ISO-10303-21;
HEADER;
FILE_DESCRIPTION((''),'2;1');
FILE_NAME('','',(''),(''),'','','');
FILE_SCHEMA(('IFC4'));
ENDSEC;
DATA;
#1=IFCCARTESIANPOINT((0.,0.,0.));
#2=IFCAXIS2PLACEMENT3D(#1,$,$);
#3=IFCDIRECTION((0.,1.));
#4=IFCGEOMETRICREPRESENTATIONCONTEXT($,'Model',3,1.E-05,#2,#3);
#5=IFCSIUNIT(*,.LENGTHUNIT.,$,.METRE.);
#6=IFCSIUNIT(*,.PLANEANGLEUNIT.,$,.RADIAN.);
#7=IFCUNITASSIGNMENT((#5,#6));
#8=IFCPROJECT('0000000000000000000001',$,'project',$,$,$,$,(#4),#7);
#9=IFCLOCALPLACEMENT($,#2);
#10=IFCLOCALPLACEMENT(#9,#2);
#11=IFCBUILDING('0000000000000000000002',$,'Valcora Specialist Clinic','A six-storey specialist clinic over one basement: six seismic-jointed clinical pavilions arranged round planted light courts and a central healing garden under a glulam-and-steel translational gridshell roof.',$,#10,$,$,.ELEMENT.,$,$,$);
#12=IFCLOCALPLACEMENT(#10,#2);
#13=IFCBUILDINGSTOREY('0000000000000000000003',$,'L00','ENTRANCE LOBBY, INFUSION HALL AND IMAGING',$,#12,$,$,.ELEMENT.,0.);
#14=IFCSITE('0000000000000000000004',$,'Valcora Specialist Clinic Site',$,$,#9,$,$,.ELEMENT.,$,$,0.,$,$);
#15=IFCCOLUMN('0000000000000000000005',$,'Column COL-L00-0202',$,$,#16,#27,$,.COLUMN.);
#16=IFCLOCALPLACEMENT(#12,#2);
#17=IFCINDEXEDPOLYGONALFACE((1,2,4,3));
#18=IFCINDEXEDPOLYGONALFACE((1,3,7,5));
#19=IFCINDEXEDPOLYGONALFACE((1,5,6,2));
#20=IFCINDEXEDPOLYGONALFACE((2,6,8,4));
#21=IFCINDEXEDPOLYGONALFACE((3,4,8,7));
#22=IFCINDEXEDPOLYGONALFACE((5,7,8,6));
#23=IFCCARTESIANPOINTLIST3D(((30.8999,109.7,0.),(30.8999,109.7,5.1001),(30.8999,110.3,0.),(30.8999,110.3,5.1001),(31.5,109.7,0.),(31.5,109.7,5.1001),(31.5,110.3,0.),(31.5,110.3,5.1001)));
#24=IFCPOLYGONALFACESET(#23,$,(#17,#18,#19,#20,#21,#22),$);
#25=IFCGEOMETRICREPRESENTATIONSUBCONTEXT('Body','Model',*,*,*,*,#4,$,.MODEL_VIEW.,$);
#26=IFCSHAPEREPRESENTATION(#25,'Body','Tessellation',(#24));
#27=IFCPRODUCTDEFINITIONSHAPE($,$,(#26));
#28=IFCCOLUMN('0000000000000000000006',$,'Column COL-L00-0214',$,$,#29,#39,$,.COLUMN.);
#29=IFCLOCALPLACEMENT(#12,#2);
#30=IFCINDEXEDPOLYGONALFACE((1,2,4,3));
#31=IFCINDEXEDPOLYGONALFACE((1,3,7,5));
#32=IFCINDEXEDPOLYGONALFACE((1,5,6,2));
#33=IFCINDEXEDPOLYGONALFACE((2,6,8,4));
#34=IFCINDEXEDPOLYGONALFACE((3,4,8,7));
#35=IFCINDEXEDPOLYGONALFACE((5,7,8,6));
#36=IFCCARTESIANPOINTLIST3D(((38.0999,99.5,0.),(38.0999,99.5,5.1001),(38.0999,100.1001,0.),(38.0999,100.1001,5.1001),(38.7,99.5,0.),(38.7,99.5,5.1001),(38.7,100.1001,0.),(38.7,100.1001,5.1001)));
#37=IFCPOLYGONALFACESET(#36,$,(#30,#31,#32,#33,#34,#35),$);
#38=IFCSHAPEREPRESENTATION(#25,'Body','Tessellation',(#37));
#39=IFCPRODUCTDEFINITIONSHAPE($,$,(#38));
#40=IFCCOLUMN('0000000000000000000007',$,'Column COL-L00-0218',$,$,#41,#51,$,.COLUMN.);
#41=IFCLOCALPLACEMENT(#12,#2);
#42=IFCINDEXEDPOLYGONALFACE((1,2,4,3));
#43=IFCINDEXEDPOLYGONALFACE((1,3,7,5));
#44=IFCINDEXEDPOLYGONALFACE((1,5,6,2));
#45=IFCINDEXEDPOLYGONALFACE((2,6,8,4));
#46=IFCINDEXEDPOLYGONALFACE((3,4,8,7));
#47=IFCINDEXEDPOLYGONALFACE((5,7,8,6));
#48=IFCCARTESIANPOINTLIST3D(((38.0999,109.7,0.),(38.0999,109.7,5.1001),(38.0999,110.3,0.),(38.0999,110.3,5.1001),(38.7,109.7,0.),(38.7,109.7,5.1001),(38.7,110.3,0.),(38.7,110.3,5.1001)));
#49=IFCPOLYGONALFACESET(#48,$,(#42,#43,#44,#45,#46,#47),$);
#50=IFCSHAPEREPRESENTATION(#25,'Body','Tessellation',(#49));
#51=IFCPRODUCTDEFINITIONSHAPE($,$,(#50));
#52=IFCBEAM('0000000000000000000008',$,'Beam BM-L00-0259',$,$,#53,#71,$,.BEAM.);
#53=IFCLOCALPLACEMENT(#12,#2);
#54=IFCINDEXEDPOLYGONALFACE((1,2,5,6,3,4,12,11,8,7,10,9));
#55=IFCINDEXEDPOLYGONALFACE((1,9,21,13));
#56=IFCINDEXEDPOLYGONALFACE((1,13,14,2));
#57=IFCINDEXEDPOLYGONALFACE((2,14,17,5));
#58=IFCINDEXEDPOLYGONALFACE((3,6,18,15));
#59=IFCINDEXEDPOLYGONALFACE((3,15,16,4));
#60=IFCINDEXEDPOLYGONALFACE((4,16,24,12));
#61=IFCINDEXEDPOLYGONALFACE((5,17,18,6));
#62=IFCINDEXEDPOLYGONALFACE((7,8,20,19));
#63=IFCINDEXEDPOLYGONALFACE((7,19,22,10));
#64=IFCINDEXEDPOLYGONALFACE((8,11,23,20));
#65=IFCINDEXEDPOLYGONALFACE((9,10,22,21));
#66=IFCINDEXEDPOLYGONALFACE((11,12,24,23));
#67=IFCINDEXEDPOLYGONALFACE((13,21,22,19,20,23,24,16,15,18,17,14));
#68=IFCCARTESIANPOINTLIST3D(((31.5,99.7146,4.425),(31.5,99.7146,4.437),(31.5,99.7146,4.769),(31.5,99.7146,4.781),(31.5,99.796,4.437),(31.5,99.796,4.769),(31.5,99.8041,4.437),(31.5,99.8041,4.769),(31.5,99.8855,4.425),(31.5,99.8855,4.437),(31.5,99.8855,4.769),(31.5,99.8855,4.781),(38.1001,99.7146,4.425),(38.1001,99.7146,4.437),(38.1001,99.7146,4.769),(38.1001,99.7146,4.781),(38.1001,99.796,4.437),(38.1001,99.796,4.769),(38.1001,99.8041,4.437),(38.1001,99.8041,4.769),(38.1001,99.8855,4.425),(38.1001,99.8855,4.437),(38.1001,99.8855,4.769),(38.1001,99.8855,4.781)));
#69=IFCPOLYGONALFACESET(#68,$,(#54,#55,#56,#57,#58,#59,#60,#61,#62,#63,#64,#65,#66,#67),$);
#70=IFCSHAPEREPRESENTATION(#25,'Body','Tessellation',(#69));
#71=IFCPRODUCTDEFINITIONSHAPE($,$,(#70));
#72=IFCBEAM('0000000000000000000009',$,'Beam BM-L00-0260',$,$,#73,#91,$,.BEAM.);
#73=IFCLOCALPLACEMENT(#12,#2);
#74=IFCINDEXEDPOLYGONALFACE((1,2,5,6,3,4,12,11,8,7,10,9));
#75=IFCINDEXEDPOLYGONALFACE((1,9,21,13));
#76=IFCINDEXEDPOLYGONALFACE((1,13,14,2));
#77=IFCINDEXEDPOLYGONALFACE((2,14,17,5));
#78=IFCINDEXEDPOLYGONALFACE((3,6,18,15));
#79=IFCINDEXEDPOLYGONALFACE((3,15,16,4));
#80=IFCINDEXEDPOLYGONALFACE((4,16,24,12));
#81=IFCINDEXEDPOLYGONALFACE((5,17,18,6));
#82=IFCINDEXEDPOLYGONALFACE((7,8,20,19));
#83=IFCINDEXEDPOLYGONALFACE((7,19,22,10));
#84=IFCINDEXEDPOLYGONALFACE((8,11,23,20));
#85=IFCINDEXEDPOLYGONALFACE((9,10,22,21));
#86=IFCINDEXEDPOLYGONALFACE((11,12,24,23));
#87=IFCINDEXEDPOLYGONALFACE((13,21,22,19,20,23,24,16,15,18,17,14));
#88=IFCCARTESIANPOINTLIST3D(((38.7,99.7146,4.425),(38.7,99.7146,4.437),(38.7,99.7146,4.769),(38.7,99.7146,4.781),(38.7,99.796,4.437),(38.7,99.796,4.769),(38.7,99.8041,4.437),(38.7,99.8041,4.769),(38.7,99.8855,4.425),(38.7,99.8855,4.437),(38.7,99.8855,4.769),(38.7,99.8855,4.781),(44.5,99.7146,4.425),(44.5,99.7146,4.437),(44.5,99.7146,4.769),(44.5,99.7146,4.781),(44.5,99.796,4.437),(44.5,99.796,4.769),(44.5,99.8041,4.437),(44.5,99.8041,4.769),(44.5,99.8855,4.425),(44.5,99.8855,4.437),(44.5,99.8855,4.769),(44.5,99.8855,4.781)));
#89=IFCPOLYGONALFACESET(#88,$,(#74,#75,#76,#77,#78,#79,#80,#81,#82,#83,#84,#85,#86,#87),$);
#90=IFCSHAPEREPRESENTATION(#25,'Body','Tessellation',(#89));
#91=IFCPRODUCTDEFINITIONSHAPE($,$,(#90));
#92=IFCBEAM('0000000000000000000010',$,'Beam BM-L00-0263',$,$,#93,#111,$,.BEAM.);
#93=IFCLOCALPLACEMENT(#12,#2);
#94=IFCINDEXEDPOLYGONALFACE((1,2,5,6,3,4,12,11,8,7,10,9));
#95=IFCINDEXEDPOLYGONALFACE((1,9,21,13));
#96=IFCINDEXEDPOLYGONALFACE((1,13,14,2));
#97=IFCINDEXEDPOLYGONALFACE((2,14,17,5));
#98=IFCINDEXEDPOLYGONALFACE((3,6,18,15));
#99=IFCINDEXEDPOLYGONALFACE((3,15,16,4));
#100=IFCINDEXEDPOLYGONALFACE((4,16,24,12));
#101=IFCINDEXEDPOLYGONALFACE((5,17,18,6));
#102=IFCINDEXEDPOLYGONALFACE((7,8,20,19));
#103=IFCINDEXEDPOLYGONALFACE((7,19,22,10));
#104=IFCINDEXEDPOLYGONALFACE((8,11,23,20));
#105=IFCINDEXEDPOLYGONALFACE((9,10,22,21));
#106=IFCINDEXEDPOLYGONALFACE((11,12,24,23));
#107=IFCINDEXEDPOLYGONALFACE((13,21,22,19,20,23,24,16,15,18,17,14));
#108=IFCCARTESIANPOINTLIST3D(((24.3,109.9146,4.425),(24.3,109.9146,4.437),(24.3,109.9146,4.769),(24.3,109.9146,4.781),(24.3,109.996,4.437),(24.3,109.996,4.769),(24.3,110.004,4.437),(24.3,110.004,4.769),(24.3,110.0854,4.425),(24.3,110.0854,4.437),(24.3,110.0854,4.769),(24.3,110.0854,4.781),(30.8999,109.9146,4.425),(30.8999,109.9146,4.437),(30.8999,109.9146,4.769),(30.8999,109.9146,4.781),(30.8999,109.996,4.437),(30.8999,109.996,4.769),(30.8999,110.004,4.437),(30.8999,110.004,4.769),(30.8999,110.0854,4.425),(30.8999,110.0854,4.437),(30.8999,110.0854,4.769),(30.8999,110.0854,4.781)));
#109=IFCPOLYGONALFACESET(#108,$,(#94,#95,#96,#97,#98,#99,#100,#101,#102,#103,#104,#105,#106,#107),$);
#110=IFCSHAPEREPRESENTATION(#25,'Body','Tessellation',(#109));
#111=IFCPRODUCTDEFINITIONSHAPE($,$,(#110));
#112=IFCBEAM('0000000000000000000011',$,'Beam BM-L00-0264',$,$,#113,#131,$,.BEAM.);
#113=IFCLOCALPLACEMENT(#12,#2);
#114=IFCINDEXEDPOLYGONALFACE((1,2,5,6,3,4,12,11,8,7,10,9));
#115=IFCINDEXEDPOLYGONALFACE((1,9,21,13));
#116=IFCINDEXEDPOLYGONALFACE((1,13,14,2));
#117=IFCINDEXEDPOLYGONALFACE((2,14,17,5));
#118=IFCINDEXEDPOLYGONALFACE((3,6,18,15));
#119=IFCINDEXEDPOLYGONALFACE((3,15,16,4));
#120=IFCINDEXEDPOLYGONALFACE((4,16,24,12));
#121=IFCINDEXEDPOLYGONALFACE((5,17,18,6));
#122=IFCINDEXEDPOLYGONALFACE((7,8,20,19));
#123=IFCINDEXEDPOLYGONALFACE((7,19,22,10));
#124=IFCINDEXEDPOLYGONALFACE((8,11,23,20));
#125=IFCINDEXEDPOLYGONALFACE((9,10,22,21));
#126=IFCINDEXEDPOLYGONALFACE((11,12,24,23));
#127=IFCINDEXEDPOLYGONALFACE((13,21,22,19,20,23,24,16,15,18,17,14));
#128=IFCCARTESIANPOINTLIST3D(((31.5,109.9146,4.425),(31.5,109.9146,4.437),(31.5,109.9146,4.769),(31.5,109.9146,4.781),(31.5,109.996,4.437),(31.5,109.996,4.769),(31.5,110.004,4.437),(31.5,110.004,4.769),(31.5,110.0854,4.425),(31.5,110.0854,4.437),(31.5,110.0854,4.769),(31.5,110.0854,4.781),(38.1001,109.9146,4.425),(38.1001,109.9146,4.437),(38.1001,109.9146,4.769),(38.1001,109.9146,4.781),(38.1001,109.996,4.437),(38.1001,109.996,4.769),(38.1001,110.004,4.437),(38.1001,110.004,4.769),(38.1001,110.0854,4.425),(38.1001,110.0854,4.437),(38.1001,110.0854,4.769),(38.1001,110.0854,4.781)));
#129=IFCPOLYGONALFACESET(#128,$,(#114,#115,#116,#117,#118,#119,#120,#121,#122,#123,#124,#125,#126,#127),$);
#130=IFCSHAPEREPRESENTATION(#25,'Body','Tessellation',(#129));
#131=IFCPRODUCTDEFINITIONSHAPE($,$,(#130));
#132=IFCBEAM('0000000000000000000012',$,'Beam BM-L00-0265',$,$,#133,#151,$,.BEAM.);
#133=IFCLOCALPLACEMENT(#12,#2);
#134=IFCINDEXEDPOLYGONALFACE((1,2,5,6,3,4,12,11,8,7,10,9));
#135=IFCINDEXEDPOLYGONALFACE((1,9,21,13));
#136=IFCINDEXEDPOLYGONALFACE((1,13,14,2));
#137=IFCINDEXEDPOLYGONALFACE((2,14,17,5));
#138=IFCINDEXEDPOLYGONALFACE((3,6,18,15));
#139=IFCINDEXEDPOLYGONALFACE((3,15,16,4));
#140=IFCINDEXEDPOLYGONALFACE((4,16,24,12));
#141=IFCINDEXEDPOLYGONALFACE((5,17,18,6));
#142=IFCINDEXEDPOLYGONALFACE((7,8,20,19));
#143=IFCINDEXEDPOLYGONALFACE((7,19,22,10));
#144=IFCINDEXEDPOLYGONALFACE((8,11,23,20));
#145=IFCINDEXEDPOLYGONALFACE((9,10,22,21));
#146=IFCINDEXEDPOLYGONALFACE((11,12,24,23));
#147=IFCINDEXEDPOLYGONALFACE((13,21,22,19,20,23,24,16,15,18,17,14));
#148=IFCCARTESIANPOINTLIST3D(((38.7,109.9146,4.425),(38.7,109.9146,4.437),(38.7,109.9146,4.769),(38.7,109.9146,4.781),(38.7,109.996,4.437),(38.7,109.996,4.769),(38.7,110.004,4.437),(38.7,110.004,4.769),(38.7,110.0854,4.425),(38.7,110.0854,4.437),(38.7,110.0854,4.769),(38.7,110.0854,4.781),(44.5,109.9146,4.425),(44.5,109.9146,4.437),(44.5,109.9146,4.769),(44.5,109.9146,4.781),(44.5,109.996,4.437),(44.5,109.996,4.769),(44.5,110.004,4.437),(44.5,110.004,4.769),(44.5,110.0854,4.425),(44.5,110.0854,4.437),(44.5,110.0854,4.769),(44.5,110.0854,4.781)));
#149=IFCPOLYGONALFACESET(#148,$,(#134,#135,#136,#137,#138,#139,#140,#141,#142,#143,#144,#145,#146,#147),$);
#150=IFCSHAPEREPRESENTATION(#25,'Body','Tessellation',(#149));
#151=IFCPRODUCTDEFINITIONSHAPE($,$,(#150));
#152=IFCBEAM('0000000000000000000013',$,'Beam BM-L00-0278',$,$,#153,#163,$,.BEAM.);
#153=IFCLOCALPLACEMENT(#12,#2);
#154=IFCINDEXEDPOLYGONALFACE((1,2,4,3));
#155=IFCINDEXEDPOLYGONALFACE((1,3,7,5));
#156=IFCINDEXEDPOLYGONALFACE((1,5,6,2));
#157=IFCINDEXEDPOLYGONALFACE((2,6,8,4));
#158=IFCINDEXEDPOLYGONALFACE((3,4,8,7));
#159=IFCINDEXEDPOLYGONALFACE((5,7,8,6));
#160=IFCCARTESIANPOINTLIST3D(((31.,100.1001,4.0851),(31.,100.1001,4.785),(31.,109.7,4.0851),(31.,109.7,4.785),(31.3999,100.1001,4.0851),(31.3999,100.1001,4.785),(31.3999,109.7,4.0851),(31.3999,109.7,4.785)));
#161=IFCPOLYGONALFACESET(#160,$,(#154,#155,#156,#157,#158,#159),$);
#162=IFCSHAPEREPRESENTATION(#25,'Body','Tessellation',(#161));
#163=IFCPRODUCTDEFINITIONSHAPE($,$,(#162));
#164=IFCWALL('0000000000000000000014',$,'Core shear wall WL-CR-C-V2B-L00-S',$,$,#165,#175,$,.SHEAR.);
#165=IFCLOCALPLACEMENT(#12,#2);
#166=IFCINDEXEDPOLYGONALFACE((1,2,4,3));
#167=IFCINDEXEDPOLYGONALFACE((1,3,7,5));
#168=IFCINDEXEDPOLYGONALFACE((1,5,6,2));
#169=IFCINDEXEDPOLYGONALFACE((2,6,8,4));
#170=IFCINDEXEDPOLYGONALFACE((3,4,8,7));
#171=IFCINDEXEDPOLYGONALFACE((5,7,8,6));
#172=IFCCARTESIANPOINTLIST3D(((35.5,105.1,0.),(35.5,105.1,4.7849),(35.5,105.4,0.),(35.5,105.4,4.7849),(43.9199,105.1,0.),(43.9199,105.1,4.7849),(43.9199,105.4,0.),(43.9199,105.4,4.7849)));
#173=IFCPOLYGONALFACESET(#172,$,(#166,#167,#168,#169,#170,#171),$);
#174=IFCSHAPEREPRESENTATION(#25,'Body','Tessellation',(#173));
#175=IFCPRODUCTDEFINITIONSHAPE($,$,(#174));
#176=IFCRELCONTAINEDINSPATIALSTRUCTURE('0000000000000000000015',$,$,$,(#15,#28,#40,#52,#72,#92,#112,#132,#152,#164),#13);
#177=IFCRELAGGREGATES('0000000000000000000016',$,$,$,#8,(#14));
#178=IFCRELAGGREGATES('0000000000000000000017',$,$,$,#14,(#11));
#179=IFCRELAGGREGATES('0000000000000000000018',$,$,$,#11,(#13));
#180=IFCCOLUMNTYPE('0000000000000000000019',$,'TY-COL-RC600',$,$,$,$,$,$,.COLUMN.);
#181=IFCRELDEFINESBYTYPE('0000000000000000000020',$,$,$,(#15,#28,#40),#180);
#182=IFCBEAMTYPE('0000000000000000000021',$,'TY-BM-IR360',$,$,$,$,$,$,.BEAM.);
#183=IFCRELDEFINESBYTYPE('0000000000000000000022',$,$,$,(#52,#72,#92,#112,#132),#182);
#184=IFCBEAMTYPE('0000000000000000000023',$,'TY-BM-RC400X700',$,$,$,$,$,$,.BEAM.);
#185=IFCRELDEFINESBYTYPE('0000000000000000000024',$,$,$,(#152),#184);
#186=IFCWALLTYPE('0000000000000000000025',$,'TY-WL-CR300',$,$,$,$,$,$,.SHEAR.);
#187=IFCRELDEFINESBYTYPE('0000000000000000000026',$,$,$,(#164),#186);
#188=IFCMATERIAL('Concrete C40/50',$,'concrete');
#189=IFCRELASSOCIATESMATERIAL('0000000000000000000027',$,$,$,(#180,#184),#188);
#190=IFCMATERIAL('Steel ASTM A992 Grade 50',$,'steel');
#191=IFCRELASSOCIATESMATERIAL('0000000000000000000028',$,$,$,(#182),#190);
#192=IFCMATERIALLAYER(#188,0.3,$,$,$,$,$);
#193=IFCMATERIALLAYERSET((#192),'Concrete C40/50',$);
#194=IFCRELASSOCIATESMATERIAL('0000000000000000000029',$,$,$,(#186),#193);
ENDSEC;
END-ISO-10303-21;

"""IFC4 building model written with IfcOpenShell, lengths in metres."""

from ifc_helpers import new_model, si_unit, direction, frame, frame_2d, origin, origin_2d, place, context, subcontext, project, spatial, rectangle, i_section, extrude, material, layer, layer_set, material_profile, profile_set, type_object, element, save


model = new_model("IFC4")

# Units and contexts
model_context = context("Model", 3, precision=1e-05, world=origin(), true_north=direction((0.0, 1.0)))
body_context = subcontext(model_context, "Body", "Model", "MODEL_VIEW")
ifc_project = project(units=[si_unit("LENGTHUNIT", "METRE"), si_unit("PLANEANGLEUNIT", "RADIAN")], contexts=[model_context])

# Site, building, storey
site_placement = place(None, origin())
site = spatial("IfcSite", under=ifc_project, at=site_placement, Name="Valcora Specialist Clinic Site", CompositionType="ELEMENT", RefElevation=0.0)
building_placement = place(site_placement, origin())
building = spatial("IfcBuilding", under=site, at=building_placement, Name="Valcora Specialist Clinic", Description="A six-storey specialist clinic over one basement: six seismic-jointed clinical pavilions arranged round planted light courts and a central healing garden under a glulam-and-steel translational gridshell roof.", CompositionType="ELEMENT")
storey_placement = place(building_placement, origin())
storey = spatial("IfcBuildingStorey", under=building, at=storey_placement, Name="L00", Description="ENTRANCE LOBBY, INFUSION HALL AND IMAGING", CompositionType="ELEMENT", Elevation=0.0)

# Columns
ifc_material_1 = material(Name="Concrete C40/50", Category="concrete")
ifc_material_profile_1 = material_profile(ifc_material_1, rectangle(XDim=0.6001, YDim=0.6001, at=origin_2d()), Name="RC-COL-600X600")
ifc_profile_set_1 = profile_set([ifc_material_profile_1], Name="Concrete C40/50")
column_type = type_object("IfcColumnType", Name="TY-COL-RC600", PredefinedType="COLUMN", material=ifc_profile_set_1)
for number, where, z_axis, x_axis, name in (
    (1, (31.2, 110.0, 0.0), (0.0, 0.0, 1.0), (1.0, 0.0, 0.0), "Column COL-L00-0202"),
    (2, (38.3999, 99.8, 0.0), (0.0, 0.0, 1.0), (1.0, 0.0, 0.0), "Column COL-L00-0214"),
    (3, (38.3999, 110.0, 0.0), (0.0, 0.0, 1.0), (1.0, 0.0, 0.0), "Column COL-L00-0218"),
):
    element("IfcColumn", number, at=place(storey_placement, frame(where, z_axis=z_axis, x_axis=x_axis)), inside=storey, type_object=column_type, Name=name, PredefinedType="COLUMN", context=body_context, shape_type="SweptSolid", body=[
        extrude(rectangle(XDim=0.6001, YDim=0.6001, at=origin_2d()), origin(), (0.0, 0.0, 1.0), 5.1001),
    ])

# Beams
ifc_material_2 = material(Name="Steel ASTM A992 Grade 50", Category="steel")
ifc_material_profile_2 = material_profile(ifc_material_2, i_section(OverallWidth=0.1709, OverallDepth=0.356, WebThickness=0.0081, FlangeThickness=0.012, at=origin_2d()), Name="ST-IR-360X170")
ifc_profile_set_2 = profile_set([ifc_material_profile_2], Name="Steel ASTM A992 Grade 50")
beam_type_1 = type_object("IfcBeamType", Name="TY-BM-IR360", PredefinedType="BEAM", material=ifc_profile_set_2)
beam_1_placement = place(storey_placement, frame((31.5, 99.8, 4.603), z_axis=(1.0, 0.0, 0.0), x_axis=(0.0, 1.0, 0.0)))
element("IfcBeam", 4, at=beam_1_placement, inside=storey, type_object=beam_type_1, Name="Beam BM-L00-0259", PredefinedType="BEAM", context=body_context, shape_type="SweptSolid", body=[
    extrude(i_section(OverallWidth=0.1709, OverallDepth=0.356, WebThickness=0.0081, FlangeThickness=0.012, at=origin_2d()), origin(), (0.0, 0.0, 1.0), 6.6001),
])
beam_2_placement = place(storey_placement, frame((38.7, 99.8, 4.603), z_axis=(1.0, 0.0, 0.0), x_axis=(0.0, 1.0, 0.0)))
element("IfcBeam", 5, at=beam_2_placement, inside=storey, type_object=beam_type_1, Name="Beam BM-L00-0260", PredefinedType="BEAM", context=body_context, shape_type="SweptSolid", body=[
    extrude(i_section(OverallWidth=0.1709, OverallDepth=0.356, WebThickness=0.0081, FlangeThickness=0.012, at=origin_2d()), origin(), (0.0, 0.0, 1.0), 5.8),
])
beam_3_placement = place(storey_placement, frame((24.3, 110.0, 4.603), z_axis=(1.0, 0.0, 0.0), x_axis=(0.0, 1.0, 0.0)))
element("IfcBeam", 6, at=beam_3_placement, inside=storey, type_object=beam_type_1, Name="Beam BM-L00-0263", PredefinedType="BEAM", context=body_context, shape_type="SweptSolid", body=[
    extrude(i_section(OverallWidth=0.1709, OverallDepth=0.356, WebThickness=0.0081, FlangeThickness=0.012, at=origin_2d()), origin(), (0.0, 0.0, 1.0), 6.5999),
])
beam_4_placement = place(storey_placement, frame((31.5, 110.0, 4.603), z_axis=(1.0, 0.0, 0.0), x_axis=(0.0, 1.0, 0.0)))
element("IfcBeam", 7, at=beam_4_placement, inside=storey, type_object=beam_type_1, Name="Beam BM-L00-0264", PredefinedType="BEAM", context=body_context, shape_type="SweptSolid", body=[
    extrude(i_section(OverallWidth=0.1709, OverallDepth=0.356, WebThickness=0.0081, FlangeThickness=0.012, at=origin_2d()), origin(), (0.0, 0.0, 1.0), 6.6001),
])
beam_5_placement = place(storey_placement, frame((38.7, 110.0, 4.603), z_axis=(1.0, 0.0, 0.0), x_axis=(0.0, 1.0, 0.0)))
element("IfcBeam", 8, at=beam_5_placement, inside=storey, type_object=beam_type_1, Name="Beam BM-L00-0265", PredefinedType="BEAM", context=body_context, shape_type="SweptSolid", body=[
    extrude(i_section(OverallWidth=0.1709, OverallDepth=0.356, WebThickness=0.0081, FlangeThickness=0.012, at=origin_2d()), origin(), (0.0, 0.0, 1.0), 5.8),
])
ifc_material_profile_3 = material_profile(ifc_material_1, rectangle(XDim=0.3999, YDim=0.7, at=origin_2d()), Name="RC-BM-400X700")
ifc_profile_set_3 = profile_set([ifc_material_profile_3], Name="Concrete C40/50")
beam_type_2 = type_object("IfcBeamType", Name="TY-BM-RC400X700", PredefinedType="BEAM", material=ifc_profile_set_3)
beam_6_placement = place(storey_placement, frame((31.2, 100.1001, 4.4351), z_axis=(0.0, 1.0, 0.0), x_axis=(-1.0, 0.0, 0.0)))
element("IfcBeam", 9, at=beam_6_placement, inside=storey, type_object=beam_type_2, Name="Beam BM-L00-0278", PredefinedType="BEAM", context=body_context, shape_type="SweptSolid", body=[
    extrude(rectangle(XDim=0.3999, YDim=0.7, at=origin_2d()), origin(), (0.0, 0.0, 1.0), 9.5999),
])

# Wall
ifc_layer_1 = layer(ifc_material_1, 0.3)
ifc_layer_set_1 = layer_set([ifc_layer_1], Name="Concrete C40/50")
wall_type_1 = type_object("IfcWallType", Name="TY-WL-CR300", PredefinedType="SHEAR", material=ifc_layer_set_1)
wall_1_placement = place(storey_placement, frame((35.5, 105.25, 0.0), z_axis=(0.0, 0.0, 1.0), x_axis=(1.0, 0.0, 0.0)))
element("IfcWall", 10, at=wall_1_placement, inside=storey, type_object=wall_type_1, Name="Core shear wall WL-CR-C-V2B-L00-S", PredefinedType="SHEAR", context=body_context, shape_type="SweptSolid", body=[
    extrude(rectangle(XDim=8.4199, YDim=0.3, at=frame_2d((4.21, 0.0))), origin(), (0.0, 0.0, 1.0), 4.7849),
])

save(model, "model.ifc")
